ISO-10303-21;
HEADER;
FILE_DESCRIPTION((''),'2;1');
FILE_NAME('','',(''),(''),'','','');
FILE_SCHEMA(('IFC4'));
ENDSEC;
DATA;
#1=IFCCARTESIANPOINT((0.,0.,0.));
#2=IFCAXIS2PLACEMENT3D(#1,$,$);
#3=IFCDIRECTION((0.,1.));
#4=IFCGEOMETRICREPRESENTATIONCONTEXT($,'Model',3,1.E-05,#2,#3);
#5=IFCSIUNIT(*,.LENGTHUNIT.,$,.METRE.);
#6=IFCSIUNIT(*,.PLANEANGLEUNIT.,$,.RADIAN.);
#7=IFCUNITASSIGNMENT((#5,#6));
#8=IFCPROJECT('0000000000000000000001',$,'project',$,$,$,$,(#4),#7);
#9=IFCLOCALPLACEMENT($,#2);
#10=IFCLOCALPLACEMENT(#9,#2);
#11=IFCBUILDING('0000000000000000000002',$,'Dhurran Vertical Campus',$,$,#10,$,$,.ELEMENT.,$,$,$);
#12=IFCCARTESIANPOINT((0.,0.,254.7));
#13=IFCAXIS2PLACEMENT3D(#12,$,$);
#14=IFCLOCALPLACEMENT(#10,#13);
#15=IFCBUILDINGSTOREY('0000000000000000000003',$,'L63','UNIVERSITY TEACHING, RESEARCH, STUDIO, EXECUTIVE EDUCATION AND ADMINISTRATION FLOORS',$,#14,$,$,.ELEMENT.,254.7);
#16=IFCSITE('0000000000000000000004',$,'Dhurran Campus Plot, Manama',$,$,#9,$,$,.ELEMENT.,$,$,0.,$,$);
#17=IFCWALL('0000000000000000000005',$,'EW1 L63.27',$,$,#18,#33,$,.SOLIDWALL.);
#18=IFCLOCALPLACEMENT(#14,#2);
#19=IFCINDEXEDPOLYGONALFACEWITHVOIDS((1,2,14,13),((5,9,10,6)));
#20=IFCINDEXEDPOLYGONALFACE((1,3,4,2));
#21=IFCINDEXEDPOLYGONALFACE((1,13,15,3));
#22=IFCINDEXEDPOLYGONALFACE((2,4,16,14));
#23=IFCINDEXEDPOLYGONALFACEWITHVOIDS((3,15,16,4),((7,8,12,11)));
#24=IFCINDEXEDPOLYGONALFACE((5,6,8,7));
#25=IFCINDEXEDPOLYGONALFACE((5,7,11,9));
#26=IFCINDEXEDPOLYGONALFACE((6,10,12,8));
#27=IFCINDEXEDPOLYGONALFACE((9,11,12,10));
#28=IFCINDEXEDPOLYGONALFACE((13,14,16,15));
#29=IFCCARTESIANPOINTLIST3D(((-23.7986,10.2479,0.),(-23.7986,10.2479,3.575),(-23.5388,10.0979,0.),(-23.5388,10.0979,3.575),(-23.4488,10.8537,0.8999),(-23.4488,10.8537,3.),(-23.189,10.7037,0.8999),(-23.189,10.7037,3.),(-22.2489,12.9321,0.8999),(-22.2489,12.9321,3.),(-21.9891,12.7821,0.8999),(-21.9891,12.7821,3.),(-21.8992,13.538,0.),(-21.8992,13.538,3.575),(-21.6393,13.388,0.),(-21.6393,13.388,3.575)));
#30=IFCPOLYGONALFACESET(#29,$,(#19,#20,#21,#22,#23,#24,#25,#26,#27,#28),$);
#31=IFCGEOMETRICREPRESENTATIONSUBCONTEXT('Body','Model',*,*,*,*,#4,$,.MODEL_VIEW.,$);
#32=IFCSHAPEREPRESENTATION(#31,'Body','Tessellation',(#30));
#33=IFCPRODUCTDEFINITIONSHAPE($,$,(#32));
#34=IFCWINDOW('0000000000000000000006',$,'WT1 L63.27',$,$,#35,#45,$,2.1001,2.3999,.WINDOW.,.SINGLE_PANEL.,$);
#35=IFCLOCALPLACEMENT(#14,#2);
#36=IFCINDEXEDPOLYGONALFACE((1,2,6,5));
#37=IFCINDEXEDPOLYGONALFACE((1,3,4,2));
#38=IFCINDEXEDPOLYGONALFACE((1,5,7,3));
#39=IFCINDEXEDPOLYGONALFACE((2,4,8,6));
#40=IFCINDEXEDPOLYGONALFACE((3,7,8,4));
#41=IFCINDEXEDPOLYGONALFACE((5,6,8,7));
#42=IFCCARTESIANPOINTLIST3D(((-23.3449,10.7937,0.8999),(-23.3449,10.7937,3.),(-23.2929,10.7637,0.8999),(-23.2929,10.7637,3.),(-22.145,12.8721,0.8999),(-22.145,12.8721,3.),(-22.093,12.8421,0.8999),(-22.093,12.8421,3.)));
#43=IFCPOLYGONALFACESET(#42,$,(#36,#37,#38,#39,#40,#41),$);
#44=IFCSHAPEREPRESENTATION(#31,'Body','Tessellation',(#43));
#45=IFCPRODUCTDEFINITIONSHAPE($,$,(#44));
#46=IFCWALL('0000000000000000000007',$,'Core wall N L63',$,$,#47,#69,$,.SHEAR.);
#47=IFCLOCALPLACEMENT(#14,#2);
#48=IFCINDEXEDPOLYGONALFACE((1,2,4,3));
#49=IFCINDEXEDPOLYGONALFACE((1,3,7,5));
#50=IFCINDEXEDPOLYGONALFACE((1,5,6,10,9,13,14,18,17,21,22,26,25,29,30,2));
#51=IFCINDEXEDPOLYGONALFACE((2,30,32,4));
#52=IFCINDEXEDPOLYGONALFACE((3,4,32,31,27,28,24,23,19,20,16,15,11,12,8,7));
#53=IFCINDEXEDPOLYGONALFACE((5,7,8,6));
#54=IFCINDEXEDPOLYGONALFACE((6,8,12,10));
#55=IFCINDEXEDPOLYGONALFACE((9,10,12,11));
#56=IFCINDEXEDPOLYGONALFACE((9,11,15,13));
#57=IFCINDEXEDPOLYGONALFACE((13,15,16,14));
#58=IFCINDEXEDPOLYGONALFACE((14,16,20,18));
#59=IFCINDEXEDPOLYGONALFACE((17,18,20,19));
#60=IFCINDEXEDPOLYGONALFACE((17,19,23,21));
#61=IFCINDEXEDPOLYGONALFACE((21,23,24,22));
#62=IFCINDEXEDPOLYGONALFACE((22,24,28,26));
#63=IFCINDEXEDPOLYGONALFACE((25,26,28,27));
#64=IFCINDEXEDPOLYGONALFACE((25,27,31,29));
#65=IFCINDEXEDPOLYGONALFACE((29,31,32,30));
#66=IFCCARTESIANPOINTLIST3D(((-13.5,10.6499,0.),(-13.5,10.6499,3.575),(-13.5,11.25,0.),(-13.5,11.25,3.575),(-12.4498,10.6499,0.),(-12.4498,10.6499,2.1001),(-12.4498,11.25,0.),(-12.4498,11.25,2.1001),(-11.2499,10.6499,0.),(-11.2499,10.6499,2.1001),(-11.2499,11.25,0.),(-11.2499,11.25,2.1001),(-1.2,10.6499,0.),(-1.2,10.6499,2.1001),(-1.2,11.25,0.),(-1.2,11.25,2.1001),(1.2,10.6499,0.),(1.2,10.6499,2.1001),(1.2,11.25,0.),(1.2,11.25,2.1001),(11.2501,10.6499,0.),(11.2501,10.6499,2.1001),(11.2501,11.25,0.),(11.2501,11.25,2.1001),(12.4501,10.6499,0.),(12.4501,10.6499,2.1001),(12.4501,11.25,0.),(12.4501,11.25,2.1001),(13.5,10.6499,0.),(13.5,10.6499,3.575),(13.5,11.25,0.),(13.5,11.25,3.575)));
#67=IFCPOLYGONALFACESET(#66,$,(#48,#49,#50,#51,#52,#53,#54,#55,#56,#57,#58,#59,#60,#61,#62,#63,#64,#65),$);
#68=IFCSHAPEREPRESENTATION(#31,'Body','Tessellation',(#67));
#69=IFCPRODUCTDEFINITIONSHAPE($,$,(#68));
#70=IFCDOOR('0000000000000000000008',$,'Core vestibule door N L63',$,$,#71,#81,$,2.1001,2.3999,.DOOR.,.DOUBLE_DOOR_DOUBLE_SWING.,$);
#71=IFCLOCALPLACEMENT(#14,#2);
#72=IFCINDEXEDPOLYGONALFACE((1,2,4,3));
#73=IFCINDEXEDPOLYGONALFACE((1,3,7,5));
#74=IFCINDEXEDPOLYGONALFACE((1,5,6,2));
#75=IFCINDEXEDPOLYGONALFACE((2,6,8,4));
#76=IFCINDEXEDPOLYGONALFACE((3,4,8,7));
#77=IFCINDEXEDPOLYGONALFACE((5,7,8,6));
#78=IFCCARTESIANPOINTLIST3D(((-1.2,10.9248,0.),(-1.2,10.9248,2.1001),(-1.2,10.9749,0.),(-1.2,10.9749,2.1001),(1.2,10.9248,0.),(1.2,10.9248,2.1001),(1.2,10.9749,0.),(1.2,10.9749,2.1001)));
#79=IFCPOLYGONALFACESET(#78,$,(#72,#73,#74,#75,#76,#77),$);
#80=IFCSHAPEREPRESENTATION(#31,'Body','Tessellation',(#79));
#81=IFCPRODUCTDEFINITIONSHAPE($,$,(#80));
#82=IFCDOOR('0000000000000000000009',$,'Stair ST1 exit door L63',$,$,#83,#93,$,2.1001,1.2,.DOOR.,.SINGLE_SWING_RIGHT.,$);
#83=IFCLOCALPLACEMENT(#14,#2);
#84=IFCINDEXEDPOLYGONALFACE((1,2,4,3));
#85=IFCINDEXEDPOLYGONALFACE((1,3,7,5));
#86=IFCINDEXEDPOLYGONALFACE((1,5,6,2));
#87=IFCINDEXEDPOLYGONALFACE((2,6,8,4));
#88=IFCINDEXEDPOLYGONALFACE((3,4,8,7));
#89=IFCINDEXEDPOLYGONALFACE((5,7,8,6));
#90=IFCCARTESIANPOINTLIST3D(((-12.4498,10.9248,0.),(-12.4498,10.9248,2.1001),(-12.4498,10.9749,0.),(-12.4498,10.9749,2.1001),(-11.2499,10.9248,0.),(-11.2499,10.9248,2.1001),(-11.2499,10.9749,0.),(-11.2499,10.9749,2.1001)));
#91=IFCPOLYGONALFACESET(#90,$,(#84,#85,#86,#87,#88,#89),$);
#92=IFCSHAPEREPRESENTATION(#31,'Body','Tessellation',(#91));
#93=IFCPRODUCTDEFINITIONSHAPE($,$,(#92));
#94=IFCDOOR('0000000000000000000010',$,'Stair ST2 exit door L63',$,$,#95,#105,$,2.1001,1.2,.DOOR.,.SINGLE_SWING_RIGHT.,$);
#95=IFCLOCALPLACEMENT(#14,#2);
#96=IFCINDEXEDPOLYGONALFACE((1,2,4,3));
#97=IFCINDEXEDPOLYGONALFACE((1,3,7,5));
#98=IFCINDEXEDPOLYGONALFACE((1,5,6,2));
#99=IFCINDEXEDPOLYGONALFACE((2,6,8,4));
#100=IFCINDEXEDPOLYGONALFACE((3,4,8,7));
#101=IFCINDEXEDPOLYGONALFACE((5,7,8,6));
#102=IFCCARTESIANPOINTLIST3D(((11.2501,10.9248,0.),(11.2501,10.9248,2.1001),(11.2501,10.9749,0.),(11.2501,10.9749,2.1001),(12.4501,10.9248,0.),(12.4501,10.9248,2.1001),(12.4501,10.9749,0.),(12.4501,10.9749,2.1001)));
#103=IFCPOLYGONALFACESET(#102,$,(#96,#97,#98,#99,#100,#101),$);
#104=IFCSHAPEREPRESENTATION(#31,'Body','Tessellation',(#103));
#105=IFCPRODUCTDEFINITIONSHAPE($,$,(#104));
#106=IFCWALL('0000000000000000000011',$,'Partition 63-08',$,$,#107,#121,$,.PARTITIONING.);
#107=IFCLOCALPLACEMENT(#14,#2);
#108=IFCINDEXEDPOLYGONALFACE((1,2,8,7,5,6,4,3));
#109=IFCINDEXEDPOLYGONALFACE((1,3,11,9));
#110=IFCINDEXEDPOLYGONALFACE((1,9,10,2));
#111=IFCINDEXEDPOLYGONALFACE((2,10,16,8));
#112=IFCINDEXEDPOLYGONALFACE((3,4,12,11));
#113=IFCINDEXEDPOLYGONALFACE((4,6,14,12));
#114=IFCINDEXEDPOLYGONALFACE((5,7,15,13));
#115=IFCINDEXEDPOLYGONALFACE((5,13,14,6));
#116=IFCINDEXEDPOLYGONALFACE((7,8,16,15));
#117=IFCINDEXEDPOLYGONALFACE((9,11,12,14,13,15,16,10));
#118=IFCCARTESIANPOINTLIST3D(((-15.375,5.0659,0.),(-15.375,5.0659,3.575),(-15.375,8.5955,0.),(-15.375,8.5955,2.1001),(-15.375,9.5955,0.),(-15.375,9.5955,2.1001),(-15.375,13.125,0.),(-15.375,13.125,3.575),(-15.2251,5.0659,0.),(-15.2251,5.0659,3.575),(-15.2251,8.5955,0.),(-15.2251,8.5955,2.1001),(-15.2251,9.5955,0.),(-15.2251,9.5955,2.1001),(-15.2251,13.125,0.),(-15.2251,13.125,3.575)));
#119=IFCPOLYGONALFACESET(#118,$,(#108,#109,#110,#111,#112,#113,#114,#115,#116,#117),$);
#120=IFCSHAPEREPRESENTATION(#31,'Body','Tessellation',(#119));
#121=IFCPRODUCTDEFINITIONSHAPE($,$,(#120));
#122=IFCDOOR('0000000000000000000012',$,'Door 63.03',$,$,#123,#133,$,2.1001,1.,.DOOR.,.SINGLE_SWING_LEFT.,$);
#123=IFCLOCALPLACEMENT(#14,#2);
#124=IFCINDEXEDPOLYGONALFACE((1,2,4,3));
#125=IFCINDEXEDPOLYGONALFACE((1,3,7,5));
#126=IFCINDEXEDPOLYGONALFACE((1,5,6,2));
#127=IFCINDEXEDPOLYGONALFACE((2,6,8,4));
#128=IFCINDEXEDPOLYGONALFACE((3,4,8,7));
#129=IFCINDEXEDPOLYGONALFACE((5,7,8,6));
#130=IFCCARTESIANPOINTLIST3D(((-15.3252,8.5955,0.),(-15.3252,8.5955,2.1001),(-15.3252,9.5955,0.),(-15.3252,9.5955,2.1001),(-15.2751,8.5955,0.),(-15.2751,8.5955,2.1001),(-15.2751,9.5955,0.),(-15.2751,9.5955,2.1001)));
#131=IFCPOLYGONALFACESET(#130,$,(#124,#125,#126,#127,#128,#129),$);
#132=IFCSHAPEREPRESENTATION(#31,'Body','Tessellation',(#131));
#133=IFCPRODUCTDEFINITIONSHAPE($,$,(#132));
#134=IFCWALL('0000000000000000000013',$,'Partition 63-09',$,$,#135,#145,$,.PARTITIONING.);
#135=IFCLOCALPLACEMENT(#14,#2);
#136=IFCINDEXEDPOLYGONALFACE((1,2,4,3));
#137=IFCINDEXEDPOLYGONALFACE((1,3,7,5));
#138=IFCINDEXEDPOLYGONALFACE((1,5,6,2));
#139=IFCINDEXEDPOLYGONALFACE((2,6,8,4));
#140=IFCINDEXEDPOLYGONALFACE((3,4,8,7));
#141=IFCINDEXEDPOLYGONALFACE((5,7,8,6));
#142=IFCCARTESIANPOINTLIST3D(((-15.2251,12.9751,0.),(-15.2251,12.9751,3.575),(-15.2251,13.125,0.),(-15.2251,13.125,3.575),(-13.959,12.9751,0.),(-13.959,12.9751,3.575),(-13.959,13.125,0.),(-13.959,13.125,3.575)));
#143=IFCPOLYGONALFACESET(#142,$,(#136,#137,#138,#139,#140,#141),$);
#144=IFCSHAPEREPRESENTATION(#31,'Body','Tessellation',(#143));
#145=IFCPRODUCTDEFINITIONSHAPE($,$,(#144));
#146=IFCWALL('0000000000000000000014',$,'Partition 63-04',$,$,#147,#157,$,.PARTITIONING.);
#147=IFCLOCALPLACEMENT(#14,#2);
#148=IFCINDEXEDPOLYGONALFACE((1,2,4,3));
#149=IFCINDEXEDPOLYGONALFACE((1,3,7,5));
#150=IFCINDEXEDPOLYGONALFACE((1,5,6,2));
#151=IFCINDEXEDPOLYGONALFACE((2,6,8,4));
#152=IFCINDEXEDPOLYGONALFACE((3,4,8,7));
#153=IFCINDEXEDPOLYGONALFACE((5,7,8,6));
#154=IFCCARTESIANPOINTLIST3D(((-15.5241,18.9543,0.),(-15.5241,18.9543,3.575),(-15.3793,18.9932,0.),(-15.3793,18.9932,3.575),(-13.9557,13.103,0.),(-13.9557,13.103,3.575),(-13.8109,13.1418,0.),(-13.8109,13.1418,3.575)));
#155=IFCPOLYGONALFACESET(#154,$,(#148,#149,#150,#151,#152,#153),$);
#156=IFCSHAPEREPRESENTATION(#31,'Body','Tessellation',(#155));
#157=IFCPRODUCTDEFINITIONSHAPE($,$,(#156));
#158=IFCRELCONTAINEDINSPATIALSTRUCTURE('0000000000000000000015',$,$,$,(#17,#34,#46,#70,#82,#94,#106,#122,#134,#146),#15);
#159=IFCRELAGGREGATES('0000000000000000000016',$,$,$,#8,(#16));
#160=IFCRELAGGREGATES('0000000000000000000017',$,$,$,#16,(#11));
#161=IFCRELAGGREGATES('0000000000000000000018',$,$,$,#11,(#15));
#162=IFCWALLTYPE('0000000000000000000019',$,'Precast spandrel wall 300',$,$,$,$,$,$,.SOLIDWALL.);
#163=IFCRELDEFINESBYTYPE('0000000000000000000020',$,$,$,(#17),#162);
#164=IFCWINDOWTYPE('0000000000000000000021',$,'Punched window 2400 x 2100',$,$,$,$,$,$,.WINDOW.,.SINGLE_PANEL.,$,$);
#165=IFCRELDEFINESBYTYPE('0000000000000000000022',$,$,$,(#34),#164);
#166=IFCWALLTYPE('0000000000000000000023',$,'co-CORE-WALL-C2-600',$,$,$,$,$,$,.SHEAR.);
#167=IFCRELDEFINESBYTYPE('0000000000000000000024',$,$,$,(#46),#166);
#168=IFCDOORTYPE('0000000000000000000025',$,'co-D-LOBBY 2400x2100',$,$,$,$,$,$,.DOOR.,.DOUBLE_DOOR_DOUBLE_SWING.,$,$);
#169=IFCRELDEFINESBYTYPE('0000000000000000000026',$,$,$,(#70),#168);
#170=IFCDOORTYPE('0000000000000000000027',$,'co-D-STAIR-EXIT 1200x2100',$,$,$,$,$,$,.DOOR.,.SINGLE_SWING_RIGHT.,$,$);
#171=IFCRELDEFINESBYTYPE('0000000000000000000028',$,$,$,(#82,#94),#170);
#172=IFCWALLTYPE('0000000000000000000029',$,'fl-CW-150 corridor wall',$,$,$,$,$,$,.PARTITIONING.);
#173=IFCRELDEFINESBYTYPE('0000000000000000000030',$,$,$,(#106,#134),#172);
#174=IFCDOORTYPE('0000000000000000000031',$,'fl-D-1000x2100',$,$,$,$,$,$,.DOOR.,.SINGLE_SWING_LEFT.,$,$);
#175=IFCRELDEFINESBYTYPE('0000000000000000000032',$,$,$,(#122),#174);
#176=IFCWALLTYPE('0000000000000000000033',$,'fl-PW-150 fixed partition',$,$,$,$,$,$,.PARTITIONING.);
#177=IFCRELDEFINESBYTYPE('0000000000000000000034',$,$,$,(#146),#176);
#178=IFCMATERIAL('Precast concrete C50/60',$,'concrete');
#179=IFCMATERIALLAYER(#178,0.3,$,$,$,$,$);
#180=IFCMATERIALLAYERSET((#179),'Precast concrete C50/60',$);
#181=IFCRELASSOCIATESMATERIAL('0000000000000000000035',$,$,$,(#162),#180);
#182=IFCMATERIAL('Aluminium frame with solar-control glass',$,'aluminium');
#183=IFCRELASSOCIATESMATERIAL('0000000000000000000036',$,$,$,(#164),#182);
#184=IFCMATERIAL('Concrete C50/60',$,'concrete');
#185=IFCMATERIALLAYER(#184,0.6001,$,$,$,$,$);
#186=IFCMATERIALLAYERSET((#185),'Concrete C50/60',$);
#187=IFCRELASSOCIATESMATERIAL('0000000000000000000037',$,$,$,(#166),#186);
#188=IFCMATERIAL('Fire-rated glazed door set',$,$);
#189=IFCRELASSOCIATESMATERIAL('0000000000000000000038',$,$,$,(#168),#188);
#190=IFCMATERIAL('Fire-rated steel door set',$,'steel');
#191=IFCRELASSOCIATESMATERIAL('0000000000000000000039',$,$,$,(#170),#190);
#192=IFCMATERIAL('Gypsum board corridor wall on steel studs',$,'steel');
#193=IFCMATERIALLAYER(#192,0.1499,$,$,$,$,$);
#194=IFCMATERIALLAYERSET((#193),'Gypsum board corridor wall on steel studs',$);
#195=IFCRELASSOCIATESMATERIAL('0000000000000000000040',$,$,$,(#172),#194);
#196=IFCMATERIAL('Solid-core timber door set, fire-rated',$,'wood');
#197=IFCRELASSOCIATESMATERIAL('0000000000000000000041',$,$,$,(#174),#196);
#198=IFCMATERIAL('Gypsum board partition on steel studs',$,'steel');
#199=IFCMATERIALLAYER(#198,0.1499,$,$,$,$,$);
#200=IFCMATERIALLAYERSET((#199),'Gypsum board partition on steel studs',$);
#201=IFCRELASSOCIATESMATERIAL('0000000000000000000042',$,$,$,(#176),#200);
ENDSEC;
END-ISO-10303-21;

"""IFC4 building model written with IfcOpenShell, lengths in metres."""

from ifc_helpers import new_model, si_unit, direction, frame, frame_2d, origin, place, context, subcontext, project, spatial, rectangle, extrude, material, layer, layer_set, type_object, element, fill, save


model = new_model("IFC4")

# Units and contexts
model_context = context("Model", 3, precision=1e-05, world=origin(), true_north=direction((0.0, 1.0)))
body_context = subcontext(model_context, "Body", "Model", "MODEL_VIEW")
ifc_project = project(units=[si_unit("LENGTHUNIT", "METRE"), si_unit("PLANEANGLEUNIT", "RADIAN")], contexts=[model_context])

# Site, building, storey
site_placement = place(None, origin())
site = spatial("IfcSite", under=ifc_project, at=site_placement, Name="Dhurran Campus Plot, Manama", CompositionType="ELEMENT", RefElevation=0.0)
building_placement = place(site_placement, origin())
building = spatial("IfcBuilding", under=site, at=building_placement, Name="Dhurran Vertical Campus", CompositionType="ELEMENT")
storey_placement = place(building_placement, frame((0.0, 0.0, 254.7)))
storey = spatial("IfcBuildingStorey", under=building, at=storey_placement, Name="L63", Description="UNIVERSITY TEACHING, RESEARCH, STUDIO, EXECUTIVE EDUCATION AND ADMINISTRATION FLOORS", CompositionType="ELEMENT", Elevation=254.7)

# Wall, opening, window
ifc_material_1 = material(Name="Precast concrete C50/60", Category="concrete")
ifc_layer_1 = layer(ifc_material_1, 0.3)
ifc_layer_set_1 = layer_set([ifc_layer_1], Name="Precast concrete C50/60")
wall_type_1 = type_object("IfcWallType", Name="Precast spandrel wall 300", PredefinedType="SOLIDWALL", material=ifc_layer_set_1)
ifc_material_2 = material(Name="Aluminium frame with solar-control glass", Category="aluminium")
window_type = type_object("IfcWindowType", Name="Punched window 2400 x 2100", PartitioningType="SINGLE_PANEL", PredefinedType="WINDOW", material=ifc_material_2)
wall_1_placement = place(storey_placement, frame((-21.7693, 13.4629, 0.0), z_axis=(0.0, 0.0, 1.0), x_axis=(-0.499982, -0.866036, 0.0)))
wall_1 = element("IfcWall", 1, at=wall_1_placement, inside=storey, type_object=wall_type_1, Name="EW1 L63.27", PredefinedType="SOLIDWALL", context=body_context, shape_type="SweptSolid", body=[
    extrude(rectangle(XDim=3.7991, YDim=0.3, at=frame_2d((1.8994, 0.0))), origin(), (0.0, 0.0, 1.0), 3.575),
])
opening_1_placement = place(wall_1_placement, frame((0.6995, 0.0, 0.8999)))
opening_1 = element("IfcOpeningElement", 2, at=opening_1_placement, cuts=wall_1, PredefinedType="OPENING", context=body_context, shape_type="SweptSolid", body=[
    extrude(rectangle(XDim=2.3999, YDim=2.1001, at=frame_2d((1.2, 1.05))), frame((0.0, 0.1599, 0.0), z_axis=(0.0, -1.0, 0.0), x_axis=(1.0, 0.0, 0.0)), (0.0, 0.0, 1.0), 0.3201),
])
window_1_placement = place(opening_1_placement, origin())
window_1 = element("IfcWindow", 3, at=window_1_placement, inside=storey, type_object=window_type, Name="WT1 L63.27", OverallHeight=2.1001, OverallWidth=2.3999, PartitioningType="SINGLE_PANEL", PredefinedType="WINDOW", context=body_context, shape_type="SweptSolid", body=[
    extrude(rectangle(XDim=2.3999, YDim=2.1001, at=frame_2d((1.2, 1.05))), frame((0.0, 0.03, 0.0), z_axis=(0.0, -1.0, 0.0), x_axis=(1.0, 0.0, 0.0)), (0.0, 0.0, 1.0), 0.0601),
])
fill(opening_1, window_1)

# Wall, openings, doors
ifc_material_3 = material(Name="Concrete C50/60", Category="concrete")
ifc_layer_2 = layer(ifc_material_3, 0.6001)
ifc_layer_set_2 = layer_set([ifc_layer_2], Name="Concrete C50/60")
wall_type_2 = type_object("IfcWallType", Name="co-CORE-WALL-C2-600", PredefinedType="SHEAR", material=ifc_layer_set_2)
wall_2_placement = place(storey_placement, frame((-13.5, 10.95, 0.0), z_axis=(0.0, 0.0, 1.0), x_axis=(1.0, 0.0, 0.0)))
wall_2 = element("IfcWall", 4, at=wall_2_placement, inside=storey, type_object=wall_type_2, Name="Core wall N L63", PredefinedType="SHEAR", context=body_context, shape_type="SweptSolid", body=[
    extrude(rectangle(XDim=27.0, YDim=0.6001, at=frame_2d((13.5, 0.0))), origin(), (0.0, 0.0, 1.0), 3.575),
])
opening_2_placement = place(wall_2_placement, frame((12.3, 0.0, 0.0)))
opening_2 = element("IfcOpeningElement", 5, at=opening_2_placement, cuts=wall_2, PredefinedType="OPENING", context=body_context, shape_type="SweptSolid", body=[
    extrude(rectangle(XDim=2.3999, YDim=2.1001, at=frame_2d((1.2, 1.05))), frame((0.0, 0.3101, 0.0), z_axis=(0.0, -1.0, 0.0), x_axis=(1.0, 0.0, 0.0)), (0.0, 0.0, 1.0), 0.6201),
])
opening_3_placement = place(wall_2_placement, frame((1.05, 0.0, 0.0)))
opening_3 = element("IfcOpeningElement", 6, at=opening_3_placement, cuts=wall_2, PredefinedType="OPENING", context=body_context, shape_type="SweptSolid", body=[
    extrude(rectangle(XDim=1.2, YDim=2.1001, at=frame_2d((0.6001, 1.05))), frame((0.0, 0.3101, 0.0), z_axis=(0.0, -1.0, 0.0), x_axis=(1.0, 0.0, 0.0)), (0.0, 0.0, 1.0), 0.6201),
])
opening_4_placement = place(wall_2_placement, frame((24.75, 0.0, 0.0)))
opening_4 = element("IfcOpeningElement", 7, at=opening_4_placement, cuts=wall_2, PredefinedType="OPENING", context=body_context, shape_type="SweptSolid", body=[
    extrude(rectangle(XDim=1.2, YDim=2.1001, at=frame_2d((0.6001, 1.05))), frame((0.0, 0.3101, 0.0), z_axis=(0.0, -1.0, 0.0), x_axis=(1.0, 0.0, 0.0)), (0.0, 0.0, 1.0), 0.6201),
])
ifc_material_4 = material(Name="Fire-rated glazed door set")
door_type_1 = type_object("IfcDoorType", Name="co-D-LOBBY 2400x2100", OperationType="DOUBLE_DOOR_DOUBLE_SWING", PredefinedType="DOOR", material=ifc_material_4)
door_1_placement = place(opening_2_placement, origin())
door_1 = element("IfcDoor", 8, at=door_1_placement, inside=storey, type_object=door_type_1, Name="Core vestibule door N L63", OperationType="DOUBLE_DOOR_DOUBLE_SWING", OverallHeight=2.1001, OverallWidth=2.3999, PredefinedType="DOOR", context=body_context, shape_type="SweptSolid", body=[
    extrude(rectangle(XDim=2.3999, YDim=2.1001, at=frame_2d((1.2, 1.05))), frame((0.0, 0.0249, 0.0), z_axis=(0.0, -1.0, 0.0), x_axis=(1.0, 0.0, 0.0)), (0.0, 0.0, 1.0), 0.05),
])
fill(opening_2, door_1)
ifc_material_5 = material(Name="Fire-rated steel door set", Category="steel")
door_type_2 = type_object("IfcDoorType", Name="co-D-STAIR-EXIT 1200x2100", OperationType="SINGLE_SWING_RIGHT", PredefinedType="DOOR", material=ifc_material_5)
door_2_placement = place(opening_3_placement, origin())
door_2 = element("IfcDoor", 9, at=door_2_placement, inside=storey, type_object=door_type_2, Name="Stair ST1 exit door L63", OperationType="SINGLE_SWING_RIGHT", OverallHeight=2.1001, OverallWidth=1.2, PredefinedType="DOOR", context=body_context, shape_type="SweptSolid", body=[
    extrude(rectangle(XDim=1.2, YDim=2.1001, at=frame_2d((0.6001, 1.05))), frame((0.0, 0.0249, 0.0), z_axis=(0.0, -1.0, 0.0), x_axis=(1.0, 0.0, 0.0)), (0.0, 0.0, 1.0), 0.05),
])
fill(opening_3, door_2)
door_3_placement = place(opening_4_placement, origin())
door_3 = element("IfcDoor", 10, at=door_3_placement, inside=storey, type_object=door_type_2, Name="Stair ST2 exit door L63", OperationType="SINGLE_SWING_RIGHT", OverallHeight=2.1001, OverallWidth=1.2, PredefinedType="DOOR", context=body_context, shape_type="SweptSolid", body=[
    extrude(rectangle(XDim=1.2, YDim=2.1001, at=frame_2d((0.6001, 1.05))), frame((0.0, 0.0249, 0.0), z_axis=(0.0, -1.0, 0.0), x_axis=(1.0, 0.0, 0.0)), (0.0, 0.0, 1.0), 0.05),
])
fill(opening_4, door_3)

# Wall, opening, door
ifc_material_6 = material(Name="Gypsum board corridor wall on steel studs", Category="steel")
ifc_layer_3 = layer(ifc_material_6, 0.1499)
ifc_layer_set_3 = layer_set([ifc_layer_3], Name="Gypsum board corridor wall on steel studs")
wall_type_3 = type_object("IfcWallType", Name="fl-CW-150 corridor wall", PredefinedType="PARTITIONING", material=ifc_layer_set_3)
wall_3_placement = place(storey_placement, frame((-15.3, 13.125, 0.0), z_axis=(0.0, 0.0, 1.0), x_axis=(0.0, -1.0, 0.0)))
wall_3 = element("IfcWall", 11, at=wall_3_placement, inside=storey, type_object=wall_type_3, Name="Partition 63-08", PredefinedType="PARTITIONING", context=body_context, shape_type="SweptSolid", body=[
    extrude(rectangle(XDim=8.0591, YDim=0.1499, at=frame_2d((4.0295, 0.0))), origin(), (0.0, 0.0, 1.0), 3.575),
])
opening_5_placement = place(wall_3_placement, frame((3.5295, 0.0, 0.0)))
opening_5 = element("IfcOpeningElement", 12, at=opening_5_placement, cuts=wall_3, PredefinedType="OPENING", context=body_context, shape_type="SweptSolid", body=[
    extrude(rectangle(XDim=1.0, YDim=2.1001, at=frame_2d((0.5, 1.05))), frame((0.0, 0.085, 0.0), z_axis=(0.0, -1.0, 0.0), x_axis=(1.0, 0.0, 0.0)), (0.0, 0.0, 1.0), 0.1699),
])
ifc_material_7 = material(Name="Solid-core timber door set, fire-rated", Category="wood")
door_type_3 = type_object("IfcDoorType", Name="fl-D-1000x2100", OperationType="SINGLE_SWING_LEFT", PredefinedType="DOOR", material=ifc_material_7)
door_4_placement = place(opening_5_placement, origin())
door_4 = element("IfcDoor", 13, at=door_4_placement, inside=storey, type_object=door_type_3, Name="Door 63.03", OperationType="SINGLE_SWING_LEFT", OverallHeight=2.1001, OverallWidth=1.0, PredefinedType="DOOR", context=body_context, shape_type="SweptSolid", body=[
    extrude(rectangle(XDim=1.0, YDim=2.1001, at=frame_2d((0.5, 1.05))), frame((0.0, 0.0249, 0.0), z_axis=(0.0, -1.0, 0.0), x_axis=(1.0, 0.0, 0.0)), (0.0, 0.0, 1.0), 0.05),
])
fill(opening_5, door_4)

# Walls
wall_4_placement = place(storey_placement, frame((-13.959, 13.05, 0.0), z_axis=(0.0, 0.0, 1.0), x_axis=(-1.0, 0.0, 0.0)))
element("IfcWall", 14, at=wall_4_placement, inside=storey, type_object=wall_type_3, Name="Partition 63-09", PredefinedType="PARTITIONING", context=body_context, shape_type="SweptSolid", body=[
    extrude(rectangle(XDim=1.2661, YDim=0.1499, at=frame_2d((0.6331, 0.0))), origin(), (0.0, 0.0, 1.0), 3.575),
])
ifc_material_8 = material(Name="Gypsum board partition on steel studs", Category="steel")
ifc_layer_4 = layer(ifc_material_8, 0.1499)
ifc_layer_set_4 = layer_set([ifc_layer_4], Name="Gypsum board partition on steel studs")
wall_type_4 = type_object("IfcWallType", Name="fl-PW-150 fixed partition", PredefinedType="PARTITIONING", material=ifc_layer_set_4)
wall_5_placement = place(storey_placement, frame((-15.4517, 18.9736, 0.0), z_axis=(0.0, 0.0, 1.0), x_axis=(0.258897, -0.965905, 0.0)))
element("IfcWall", 15, at=wall_5_placement, inside=storey, type_object=wall_type_4, Name="Partition 63-04", PredefinedType="PARTITIONING", context=body_context, shape_type="SweptSolid", body=[
    extrude(rectangle(XDim=6.0579, YDim=0.1499, at=frame_2d((3.0288, 0.0))), origin(), (0.0, 0.0, 1.0), 3.575),
])

save(model, "model.ifc")
